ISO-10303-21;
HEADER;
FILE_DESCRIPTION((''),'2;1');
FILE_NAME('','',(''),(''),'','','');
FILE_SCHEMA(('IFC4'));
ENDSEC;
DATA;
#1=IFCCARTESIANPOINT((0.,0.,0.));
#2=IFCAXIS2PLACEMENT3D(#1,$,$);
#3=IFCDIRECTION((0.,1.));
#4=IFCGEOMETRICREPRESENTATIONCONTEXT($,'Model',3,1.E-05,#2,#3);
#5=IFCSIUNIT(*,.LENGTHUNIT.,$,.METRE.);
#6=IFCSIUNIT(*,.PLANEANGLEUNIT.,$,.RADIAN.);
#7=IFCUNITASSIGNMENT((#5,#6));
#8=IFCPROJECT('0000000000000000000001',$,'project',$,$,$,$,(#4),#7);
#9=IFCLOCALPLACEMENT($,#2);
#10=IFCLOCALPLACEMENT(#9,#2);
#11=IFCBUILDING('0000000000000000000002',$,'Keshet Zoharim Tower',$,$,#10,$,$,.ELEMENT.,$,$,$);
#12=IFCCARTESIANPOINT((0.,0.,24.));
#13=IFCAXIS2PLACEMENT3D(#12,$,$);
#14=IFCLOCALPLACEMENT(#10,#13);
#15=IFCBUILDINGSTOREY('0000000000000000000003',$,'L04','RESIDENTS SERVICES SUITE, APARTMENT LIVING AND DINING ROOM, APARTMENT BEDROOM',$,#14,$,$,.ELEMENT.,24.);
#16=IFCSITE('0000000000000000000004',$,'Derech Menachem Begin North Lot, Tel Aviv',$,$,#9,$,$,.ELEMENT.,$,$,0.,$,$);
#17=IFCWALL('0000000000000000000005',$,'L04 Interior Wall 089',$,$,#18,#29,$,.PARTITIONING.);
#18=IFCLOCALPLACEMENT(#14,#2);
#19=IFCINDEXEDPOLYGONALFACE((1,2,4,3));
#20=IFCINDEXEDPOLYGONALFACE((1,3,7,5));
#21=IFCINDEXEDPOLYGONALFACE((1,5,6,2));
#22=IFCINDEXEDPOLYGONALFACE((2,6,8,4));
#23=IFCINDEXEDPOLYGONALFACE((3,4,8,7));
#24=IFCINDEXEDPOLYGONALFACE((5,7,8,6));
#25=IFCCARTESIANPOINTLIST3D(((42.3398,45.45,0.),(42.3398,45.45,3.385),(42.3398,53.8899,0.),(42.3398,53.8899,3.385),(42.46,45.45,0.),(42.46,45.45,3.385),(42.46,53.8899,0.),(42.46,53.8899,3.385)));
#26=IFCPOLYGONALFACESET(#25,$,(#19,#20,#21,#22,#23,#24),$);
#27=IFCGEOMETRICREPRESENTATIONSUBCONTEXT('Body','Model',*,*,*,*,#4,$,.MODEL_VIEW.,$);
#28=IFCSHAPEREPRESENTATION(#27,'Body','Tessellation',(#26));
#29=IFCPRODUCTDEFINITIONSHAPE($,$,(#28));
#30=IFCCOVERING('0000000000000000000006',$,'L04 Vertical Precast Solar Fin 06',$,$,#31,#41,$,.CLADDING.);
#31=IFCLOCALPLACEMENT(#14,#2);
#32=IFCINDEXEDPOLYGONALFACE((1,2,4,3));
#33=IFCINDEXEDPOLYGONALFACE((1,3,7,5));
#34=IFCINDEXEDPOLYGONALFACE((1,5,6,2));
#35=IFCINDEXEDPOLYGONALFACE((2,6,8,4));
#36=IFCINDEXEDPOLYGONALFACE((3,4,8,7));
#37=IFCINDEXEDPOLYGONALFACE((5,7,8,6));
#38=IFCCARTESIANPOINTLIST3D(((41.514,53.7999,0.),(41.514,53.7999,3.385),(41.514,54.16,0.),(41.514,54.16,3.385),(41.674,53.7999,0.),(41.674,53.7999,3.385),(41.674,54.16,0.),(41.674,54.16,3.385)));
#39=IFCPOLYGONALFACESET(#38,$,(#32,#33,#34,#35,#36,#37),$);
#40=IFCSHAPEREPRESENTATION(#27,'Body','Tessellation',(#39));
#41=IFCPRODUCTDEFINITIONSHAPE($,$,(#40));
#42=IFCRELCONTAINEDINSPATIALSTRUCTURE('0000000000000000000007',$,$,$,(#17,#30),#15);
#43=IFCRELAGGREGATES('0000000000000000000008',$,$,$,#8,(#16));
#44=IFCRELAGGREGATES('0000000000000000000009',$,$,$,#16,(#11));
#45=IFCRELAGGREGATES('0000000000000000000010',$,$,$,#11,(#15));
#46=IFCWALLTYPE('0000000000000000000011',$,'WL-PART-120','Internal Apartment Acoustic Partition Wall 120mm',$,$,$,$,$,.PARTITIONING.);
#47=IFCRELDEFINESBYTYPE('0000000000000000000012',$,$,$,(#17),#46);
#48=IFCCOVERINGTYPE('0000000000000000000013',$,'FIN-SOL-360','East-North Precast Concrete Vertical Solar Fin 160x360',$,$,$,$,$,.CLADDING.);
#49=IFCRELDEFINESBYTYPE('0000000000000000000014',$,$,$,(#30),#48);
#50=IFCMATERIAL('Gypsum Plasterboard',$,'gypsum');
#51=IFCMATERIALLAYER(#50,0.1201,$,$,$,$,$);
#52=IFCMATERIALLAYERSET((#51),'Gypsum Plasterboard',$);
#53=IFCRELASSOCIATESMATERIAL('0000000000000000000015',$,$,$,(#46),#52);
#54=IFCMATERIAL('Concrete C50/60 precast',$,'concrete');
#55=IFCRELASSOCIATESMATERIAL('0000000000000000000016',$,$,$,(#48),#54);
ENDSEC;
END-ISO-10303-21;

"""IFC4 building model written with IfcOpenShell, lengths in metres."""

from ifc_helpers import new_model, si_unit, direction, frame, frame_2d, origin, origin_2d, place, context, subcontext, project, spatial, rectangle, extrude, material, layer, layer_set, type_object, element, save


model = new_model("IFC4")

# Units and contexts
model_context = context("Model", 3, precision=1e-05, world=origin(), true_north=direction((0.0, 1.0)))
body_context = subcontext(model_context, "Body", "Model", "MODEL_VIEW")
ifc_project = project(units=[si_unit("LENGTHUNIT", "METRE"), si_unit("PLANEANGLEUNIT", "RADIAN")], contexts=[model_context])

# Site, building, storey
site_placement = place(None, origin())
site = spatial("IfcSite", under=ifc_project, at=site_placement, Name="Derech Menachem Begin North Lot, Tel Aviv", CompositionType="ELEMENT", RefElevation=0.0)
building_placement = place(site_placement, origin())
building = spatial("IfcBuilding", under=site, at=building_placement, Name="Keshet Zoharim Tower", CompositionType="ELEMENT")
storey_placement = place(building_placement, frame((0.0, 0.0, 24.0)))
storey = spatial("IfcBuildingStorey", under=building, at=storey_placement, Name="L04", Description="RESIDENTS SERVICES SUITE, APARTMENT LIVING AND DINING ROOM, APARTMENT BEDROOM", CompositionType="ELEMENT", Elevation=24.0)

# Wall
ifc_material_1 = material(Name="Gypsum Plasterboard", Category="gypsum")
ifc_layer_1 = layer(ifc_material_1, 0.1201)
ifc_layer_set_1 = layer_set([ifc_layer_1], Name="Gypsum Plasterboard")
wall_type = type_object("IfcWallType", Name="WL-PART-120", Description="Internal Apartment Acoustic Partition Wall 120mm", PredefinedType="PARTITIONING", material=ifc_layer_set_1)
for number, where, z_axis, x_axis, name in (
    (1, (42.3999, 45.45, 0.0), (0.0, 0.0, 1.0), (0.0, 1.0, 0.0), "L04 Interior Wall 089"),
):
    element("IfcWall", number, at=place(storey_placement, frame(where, z_axis=z_axis, x_axis=x_axis)), inside=storey, type_object=wall_type, Name=name, PredefinedType="PARTITIONING", context=body_context, shape_type="SweptSolid", body=[
        extrude(rectangle(XDim=8.4399, YDim=0.1201, at=frame_2d((4.22, 0.0))), origin(), (0.0, 0.0, 1.0), 3.385),
    ])

# Covering
ifc_material_2 = material(Name="Concrete C50/60 precast", Category="concrete")
covering_type = type_object("IfcCoveringType", Name="FIN-SOL-360", Description="East-North Precast Concrete Vertical Solar Fin 160x360", PredefinedType="CLADDING", material=ifc_material_2)
covering_placement = place(storey_placement, frame((41.594, 53.98, 0.0), z_axis=(0.0, 0.0, 1.0), x_axis=(1.0, 0.0, 0.0)))
element("IfcCovering", 2, at=covering_placement, inside=storey, type_object=covering_type, Name="L04 Vertical Precast Solar Fin 06", PredefinedType="CLADDING", context=body_context, shape_type="SweptSolid", body=[
    extrude(rectangle(XDim=0.1599, YDim=0.3601, at=origin_2d()), origin(), (0.0, 0.0, 1.0), 3.385),
])

save(model, "model.ifc")
